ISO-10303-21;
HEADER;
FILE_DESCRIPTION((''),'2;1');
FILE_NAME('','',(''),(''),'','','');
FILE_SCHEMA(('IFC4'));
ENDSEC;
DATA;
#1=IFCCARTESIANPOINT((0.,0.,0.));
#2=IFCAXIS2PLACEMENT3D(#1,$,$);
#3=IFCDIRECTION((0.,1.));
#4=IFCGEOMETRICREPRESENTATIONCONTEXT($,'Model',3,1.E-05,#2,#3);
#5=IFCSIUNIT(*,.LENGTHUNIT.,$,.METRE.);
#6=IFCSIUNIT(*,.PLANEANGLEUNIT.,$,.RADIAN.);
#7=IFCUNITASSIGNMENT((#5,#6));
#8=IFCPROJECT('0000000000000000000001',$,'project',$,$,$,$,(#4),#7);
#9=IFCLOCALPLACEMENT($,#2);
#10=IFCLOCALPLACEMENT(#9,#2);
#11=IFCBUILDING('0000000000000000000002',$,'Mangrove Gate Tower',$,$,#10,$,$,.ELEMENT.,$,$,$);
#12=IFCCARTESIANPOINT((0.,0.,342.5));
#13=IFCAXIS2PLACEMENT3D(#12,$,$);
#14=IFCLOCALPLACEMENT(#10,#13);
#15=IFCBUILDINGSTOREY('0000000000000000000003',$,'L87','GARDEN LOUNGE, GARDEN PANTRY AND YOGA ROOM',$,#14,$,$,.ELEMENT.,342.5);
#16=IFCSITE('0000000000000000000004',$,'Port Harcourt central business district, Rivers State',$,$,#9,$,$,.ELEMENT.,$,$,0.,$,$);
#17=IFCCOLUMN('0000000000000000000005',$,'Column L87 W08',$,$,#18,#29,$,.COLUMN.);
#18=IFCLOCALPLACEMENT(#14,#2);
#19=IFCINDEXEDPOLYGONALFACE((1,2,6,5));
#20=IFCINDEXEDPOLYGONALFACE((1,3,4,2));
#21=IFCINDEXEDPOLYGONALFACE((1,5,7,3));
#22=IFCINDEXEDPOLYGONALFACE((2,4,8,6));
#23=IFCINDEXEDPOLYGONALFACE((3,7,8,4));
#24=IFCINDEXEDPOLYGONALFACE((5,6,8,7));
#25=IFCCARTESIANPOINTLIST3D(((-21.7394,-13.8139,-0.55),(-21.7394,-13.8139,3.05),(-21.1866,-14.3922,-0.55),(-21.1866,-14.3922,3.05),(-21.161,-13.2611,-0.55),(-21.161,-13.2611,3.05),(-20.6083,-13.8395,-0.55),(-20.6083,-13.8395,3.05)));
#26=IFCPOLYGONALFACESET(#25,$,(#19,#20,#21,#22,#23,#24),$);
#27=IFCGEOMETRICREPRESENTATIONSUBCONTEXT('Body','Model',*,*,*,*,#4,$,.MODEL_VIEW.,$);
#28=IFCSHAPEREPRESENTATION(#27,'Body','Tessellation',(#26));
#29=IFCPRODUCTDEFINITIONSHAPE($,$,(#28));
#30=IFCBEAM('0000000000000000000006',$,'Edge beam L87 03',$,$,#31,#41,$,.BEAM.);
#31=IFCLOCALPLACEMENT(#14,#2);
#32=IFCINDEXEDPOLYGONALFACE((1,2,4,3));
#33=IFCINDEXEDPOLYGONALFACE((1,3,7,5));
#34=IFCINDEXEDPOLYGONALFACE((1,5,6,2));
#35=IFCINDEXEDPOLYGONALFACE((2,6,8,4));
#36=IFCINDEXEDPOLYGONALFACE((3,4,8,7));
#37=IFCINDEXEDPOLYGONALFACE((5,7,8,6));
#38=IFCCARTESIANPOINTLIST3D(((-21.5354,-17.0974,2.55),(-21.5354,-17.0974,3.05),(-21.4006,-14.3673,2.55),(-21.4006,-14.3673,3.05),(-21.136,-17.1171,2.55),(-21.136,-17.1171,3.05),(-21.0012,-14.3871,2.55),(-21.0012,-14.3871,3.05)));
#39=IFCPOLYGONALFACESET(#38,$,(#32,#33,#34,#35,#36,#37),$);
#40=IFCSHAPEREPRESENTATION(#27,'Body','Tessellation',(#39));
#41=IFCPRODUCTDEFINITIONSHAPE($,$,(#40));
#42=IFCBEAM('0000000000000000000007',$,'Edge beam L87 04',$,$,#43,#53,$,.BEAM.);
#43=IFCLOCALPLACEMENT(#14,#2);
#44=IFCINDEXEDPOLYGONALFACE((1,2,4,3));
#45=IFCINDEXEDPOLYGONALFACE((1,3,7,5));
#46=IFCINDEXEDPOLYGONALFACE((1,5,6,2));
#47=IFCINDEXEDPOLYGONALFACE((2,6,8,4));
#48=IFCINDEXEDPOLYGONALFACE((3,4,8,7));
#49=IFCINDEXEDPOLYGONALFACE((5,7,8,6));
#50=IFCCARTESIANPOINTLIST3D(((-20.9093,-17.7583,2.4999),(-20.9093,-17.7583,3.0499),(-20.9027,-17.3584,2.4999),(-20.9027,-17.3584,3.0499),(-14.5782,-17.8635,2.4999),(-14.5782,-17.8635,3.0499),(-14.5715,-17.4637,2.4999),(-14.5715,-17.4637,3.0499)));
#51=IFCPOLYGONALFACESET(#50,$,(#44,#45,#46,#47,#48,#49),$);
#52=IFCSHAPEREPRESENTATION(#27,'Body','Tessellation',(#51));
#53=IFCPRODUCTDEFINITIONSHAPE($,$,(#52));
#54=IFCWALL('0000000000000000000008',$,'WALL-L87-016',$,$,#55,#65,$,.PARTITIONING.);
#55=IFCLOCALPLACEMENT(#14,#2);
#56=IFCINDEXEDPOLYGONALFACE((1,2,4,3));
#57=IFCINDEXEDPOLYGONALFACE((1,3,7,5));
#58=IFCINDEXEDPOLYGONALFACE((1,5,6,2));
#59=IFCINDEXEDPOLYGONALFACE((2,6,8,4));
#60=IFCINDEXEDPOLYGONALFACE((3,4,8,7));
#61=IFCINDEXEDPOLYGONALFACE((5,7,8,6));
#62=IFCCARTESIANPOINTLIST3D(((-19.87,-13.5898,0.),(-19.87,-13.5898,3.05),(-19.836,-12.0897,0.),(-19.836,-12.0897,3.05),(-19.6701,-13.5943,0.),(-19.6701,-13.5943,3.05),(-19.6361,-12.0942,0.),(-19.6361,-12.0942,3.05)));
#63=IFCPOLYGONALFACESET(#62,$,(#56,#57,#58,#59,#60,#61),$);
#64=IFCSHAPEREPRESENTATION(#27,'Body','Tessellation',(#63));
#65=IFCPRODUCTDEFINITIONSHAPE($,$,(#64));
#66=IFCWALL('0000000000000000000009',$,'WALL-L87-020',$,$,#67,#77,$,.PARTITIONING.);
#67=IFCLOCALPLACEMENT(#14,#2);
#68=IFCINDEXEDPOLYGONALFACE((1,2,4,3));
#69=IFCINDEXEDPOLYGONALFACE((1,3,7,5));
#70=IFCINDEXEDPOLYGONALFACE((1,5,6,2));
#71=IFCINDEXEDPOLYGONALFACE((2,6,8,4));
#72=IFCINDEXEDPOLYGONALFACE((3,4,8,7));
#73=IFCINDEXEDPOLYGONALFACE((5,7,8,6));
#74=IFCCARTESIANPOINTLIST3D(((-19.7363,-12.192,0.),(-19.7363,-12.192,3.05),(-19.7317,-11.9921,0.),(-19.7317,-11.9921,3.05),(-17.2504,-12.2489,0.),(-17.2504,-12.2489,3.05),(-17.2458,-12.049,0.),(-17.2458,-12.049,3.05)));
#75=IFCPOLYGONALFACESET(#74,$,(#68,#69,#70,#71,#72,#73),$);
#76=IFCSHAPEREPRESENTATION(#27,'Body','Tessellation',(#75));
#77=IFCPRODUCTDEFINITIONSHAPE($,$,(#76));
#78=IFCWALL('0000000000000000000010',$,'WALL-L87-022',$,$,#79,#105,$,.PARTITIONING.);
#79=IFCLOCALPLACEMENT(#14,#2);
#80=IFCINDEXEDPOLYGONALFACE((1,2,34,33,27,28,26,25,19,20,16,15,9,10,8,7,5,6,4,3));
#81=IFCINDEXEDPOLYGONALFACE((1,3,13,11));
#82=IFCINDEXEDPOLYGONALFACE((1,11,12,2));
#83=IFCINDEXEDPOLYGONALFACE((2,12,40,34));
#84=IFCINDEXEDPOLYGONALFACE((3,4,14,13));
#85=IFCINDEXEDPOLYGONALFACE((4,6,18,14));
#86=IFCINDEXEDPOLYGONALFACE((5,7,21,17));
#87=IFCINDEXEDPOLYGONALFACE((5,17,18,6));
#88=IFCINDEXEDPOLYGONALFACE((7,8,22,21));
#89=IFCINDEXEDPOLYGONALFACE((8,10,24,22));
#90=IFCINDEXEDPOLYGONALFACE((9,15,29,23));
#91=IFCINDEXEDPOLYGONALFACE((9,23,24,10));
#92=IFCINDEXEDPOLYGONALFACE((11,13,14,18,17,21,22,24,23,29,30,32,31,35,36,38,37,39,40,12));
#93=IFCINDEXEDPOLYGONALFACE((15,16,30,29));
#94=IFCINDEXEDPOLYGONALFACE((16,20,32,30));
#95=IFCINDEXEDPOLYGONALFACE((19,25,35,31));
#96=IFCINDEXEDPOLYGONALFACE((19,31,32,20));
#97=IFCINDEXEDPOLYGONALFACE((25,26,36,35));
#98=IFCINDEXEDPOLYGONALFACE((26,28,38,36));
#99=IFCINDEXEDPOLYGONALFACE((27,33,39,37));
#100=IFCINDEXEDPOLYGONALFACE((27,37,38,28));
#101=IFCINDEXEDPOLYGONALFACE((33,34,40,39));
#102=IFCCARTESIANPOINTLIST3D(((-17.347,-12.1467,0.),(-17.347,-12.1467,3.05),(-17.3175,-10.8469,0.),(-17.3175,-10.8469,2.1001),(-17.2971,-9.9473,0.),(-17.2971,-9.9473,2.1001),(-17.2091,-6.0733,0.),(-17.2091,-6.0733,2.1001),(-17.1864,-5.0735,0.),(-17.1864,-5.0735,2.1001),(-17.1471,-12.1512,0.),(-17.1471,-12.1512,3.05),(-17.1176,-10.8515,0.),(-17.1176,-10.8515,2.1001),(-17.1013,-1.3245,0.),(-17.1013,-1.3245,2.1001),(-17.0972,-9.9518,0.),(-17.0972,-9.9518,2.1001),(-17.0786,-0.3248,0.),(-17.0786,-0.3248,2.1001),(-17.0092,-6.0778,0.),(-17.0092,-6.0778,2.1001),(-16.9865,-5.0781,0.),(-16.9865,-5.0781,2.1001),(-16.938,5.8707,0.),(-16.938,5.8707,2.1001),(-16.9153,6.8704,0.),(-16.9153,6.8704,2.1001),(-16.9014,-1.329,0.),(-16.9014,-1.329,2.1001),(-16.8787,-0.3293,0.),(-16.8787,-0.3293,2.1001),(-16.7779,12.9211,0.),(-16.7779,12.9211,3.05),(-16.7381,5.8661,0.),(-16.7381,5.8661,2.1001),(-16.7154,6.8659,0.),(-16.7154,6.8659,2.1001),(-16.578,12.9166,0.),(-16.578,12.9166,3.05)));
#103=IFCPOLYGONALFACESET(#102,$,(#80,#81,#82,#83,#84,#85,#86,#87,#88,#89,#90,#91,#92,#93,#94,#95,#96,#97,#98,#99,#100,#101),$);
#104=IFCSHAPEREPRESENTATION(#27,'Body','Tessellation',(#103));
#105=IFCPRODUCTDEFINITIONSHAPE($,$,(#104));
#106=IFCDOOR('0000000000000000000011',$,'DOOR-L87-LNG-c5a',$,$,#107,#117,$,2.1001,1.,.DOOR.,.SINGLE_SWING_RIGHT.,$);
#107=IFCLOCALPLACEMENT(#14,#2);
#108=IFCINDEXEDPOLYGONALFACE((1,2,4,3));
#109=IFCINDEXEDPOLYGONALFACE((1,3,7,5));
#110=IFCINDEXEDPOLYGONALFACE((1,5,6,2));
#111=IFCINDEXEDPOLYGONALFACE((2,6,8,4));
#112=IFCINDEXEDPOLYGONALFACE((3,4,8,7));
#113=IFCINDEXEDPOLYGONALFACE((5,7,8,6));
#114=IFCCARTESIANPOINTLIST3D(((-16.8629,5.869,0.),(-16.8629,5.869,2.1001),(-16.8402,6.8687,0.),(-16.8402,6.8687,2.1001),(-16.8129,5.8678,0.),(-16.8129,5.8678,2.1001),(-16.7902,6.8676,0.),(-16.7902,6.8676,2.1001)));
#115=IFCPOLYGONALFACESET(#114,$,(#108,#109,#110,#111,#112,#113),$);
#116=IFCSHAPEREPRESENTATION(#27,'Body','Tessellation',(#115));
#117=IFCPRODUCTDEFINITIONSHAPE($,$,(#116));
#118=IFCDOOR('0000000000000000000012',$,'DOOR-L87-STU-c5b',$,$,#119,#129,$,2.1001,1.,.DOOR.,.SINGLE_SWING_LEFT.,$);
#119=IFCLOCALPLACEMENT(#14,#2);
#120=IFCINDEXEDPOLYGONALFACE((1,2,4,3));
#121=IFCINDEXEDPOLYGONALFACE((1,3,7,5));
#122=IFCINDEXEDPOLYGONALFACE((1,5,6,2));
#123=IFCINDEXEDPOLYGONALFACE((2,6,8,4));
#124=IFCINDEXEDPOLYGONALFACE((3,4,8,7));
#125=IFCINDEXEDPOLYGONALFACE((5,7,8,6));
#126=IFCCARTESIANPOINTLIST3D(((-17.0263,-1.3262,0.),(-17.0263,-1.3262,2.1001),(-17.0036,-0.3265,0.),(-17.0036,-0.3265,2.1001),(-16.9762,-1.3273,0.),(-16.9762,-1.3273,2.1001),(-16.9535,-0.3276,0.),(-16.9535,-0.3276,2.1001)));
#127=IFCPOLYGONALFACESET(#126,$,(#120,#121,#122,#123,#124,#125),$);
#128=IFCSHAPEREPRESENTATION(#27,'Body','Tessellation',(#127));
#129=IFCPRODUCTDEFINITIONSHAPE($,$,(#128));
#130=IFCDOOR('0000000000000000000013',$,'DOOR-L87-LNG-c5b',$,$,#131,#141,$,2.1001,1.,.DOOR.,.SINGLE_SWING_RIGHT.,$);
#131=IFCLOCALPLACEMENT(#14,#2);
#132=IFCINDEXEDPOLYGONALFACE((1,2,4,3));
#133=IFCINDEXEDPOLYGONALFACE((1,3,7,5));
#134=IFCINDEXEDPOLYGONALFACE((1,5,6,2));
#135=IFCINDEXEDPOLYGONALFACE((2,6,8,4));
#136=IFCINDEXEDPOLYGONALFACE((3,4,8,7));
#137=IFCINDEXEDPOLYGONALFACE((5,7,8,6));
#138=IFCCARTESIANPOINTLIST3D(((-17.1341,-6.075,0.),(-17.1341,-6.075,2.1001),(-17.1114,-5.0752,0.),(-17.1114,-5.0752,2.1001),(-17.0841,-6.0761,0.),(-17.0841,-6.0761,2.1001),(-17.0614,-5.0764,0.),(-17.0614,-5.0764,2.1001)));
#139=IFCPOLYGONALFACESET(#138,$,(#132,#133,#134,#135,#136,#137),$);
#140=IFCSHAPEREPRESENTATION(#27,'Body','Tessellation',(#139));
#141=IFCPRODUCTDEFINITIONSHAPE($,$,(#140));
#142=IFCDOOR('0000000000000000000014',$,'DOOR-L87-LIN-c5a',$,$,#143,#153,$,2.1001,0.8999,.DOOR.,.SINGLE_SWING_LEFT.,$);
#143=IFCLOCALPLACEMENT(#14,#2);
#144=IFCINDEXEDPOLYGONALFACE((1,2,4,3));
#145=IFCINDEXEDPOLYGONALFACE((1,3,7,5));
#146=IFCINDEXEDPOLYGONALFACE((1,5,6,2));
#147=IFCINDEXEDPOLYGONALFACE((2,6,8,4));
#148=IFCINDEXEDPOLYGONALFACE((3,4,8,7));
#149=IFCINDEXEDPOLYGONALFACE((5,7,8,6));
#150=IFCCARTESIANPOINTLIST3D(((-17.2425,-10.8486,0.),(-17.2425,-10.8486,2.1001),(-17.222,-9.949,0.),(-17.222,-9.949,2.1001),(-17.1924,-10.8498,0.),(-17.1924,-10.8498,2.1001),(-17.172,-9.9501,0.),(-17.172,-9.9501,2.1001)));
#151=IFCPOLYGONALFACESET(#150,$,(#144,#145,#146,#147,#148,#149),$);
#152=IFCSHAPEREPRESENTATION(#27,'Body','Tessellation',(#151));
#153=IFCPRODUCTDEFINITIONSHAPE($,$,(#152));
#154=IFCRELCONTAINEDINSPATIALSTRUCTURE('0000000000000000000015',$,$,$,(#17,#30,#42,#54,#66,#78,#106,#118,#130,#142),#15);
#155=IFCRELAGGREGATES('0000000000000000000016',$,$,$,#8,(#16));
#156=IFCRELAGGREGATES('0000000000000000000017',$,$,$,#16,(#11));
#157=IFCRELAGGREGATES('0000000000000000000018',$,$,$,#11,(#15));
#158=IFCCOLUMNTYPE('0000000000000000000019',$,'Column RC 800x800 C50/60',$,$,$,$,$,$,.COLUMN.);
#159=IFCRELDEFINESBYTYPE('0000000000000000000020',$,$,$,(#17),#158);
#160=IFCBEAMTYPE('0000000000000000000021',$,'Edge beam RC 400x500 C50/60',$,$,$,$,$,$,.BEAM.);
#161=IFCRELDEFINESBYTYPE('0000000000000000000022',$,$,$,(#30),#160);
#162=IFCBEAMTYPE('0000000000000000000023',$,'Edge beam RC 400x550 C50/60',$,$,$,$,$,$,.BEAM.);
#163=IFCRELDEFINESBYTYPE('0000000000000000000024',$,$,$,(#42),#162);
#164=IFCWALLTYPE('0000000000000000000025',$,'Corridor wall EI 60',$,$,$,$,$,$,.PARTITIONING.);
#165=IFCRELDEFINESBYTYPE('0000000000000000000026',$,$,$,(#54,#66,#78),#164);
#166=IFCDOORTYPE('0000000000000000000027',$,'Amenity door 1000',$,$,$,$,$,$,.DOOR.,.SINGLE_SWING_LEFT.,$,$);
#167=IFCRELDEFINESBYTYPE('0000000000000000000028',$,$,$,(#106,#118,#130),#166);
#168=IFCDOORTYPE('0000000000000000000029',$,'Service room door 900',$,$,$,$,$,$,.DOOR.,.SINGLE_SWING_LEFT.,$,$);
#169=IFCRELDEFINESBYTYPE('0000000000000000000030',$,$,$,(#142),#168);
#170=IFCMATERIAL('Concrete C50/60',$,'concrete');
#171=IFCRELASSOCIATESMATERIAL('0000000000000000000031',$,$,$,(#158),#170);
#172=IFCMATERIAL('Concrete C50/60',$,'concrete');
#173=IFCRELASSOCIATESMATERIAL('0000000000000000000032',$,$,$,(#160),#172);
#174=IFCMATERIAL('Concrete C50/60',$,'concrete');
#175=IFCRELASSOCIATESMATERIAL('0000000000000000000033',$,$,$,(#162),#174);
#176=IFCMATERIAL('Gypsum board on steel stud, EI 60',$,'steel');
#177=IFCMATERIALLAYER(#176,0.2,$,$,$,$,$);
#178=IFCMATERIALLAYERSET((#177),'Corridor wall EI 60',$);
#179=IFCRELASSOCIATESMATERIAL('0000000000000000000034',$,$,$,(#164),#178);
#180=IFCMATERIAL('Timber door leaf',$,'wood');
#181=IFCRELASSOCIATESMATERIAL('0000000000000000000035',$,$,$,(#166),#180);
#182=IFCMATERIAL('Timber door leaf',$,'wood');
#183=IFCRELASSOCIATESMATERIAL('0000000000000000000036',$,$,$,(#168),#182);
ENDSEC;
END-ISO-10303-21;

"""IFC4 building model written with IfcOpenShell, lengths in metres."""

from ifc_helpers import new_model, si_unit, direction, frame, frame_2d, origin, origin_2d, place, context, subcontext, project, spatial, rectangle, extrude, material, layer, layer_set, material_profile, profile_set, type_object, element, fill, save


model = new_model("IFC4")

# Units and contexts
model_context = context("Model", 3, precision=1e-05, world=origin(), true_north=direction((0.0, 1.0)))
body_context = subcontext(model_context, "Body", "Model", "MODEL_VIEW")
ifc_project = project(units=[si_unit("LENGTHUNIT", "METRE"), si_unit("PLANEANGLEUNIT", "RADIAN")], contexts=[model_context])

# Site, building, storey
site_placement = place(None, origin())
site = spatial("IfcSite", under=ifc_project, at=site_placement, Name="Port Harcourt central business district, Rivers State", CompositionType="ELEMENT", RefElevation=0.0)
building_placement = place(site_placement, origin())
building = spatial("IfcBuilding", under=site, at=building_placement, Name="Mangrove Gate Tower", CompositionType="ELEMENT")
storey_placement = place(building_placement, frame((0.0, 0.0, 342.5)))
storey = spatial("IfcBuildingStorey", under=building, at=storey_placement, Name="L87", Description="GARDEN LOUNGE, GARDEN PANTRY AND YOGA ROOM", CompositionType="ELEMENT", Elevation=342.5)

# Column
ifc_material_1 = material(Name="Concrete C50/60", Category="concrete")
ifc_material_profile_1 = material_profile(ifc_material_1, rectangle(XDim=0.8, YDim=0.8, at=origin_2d()))
ifc_profile_set_1 = profile_set([ifc_material_profile_1], Name="Concrete C50/60")
column_type = type_object("IfcColumnType", Name="Column RC 800x800 C50/60", PredefinedType="COLUMN", material=ifc_profile_set_1)
column_placement = place(storey_placement, frame((-21.1738, -13.8267, -0.55), z_axis=(0.0, 0.0, 1.0), x_axis=(0.690923, -0.722929, 0.0)))
element("IfcColumn", 1, at=column_placement, inside=storey, type_object=column_type, Name="Column L87 W08", PredefinedType="COLUMN", context=body_context, shape_type="SweptSolid", body=[
    extrude(rectangle(XDim=0.8, YDim=0.8, at=origin_2d()), origin(), (0.0, 0.0, 1.0), 3.6001),
])

# Beams
ifc_material_2 = material(Name="Concrete C50/60", Category="concrete")
ifc_material_profile_2 = material_profile(ifc_material_2, rectangle(XDim=0.3999, YDim=0.5, at=origin_2d()))
ifc_profile_set_2 = profile_set([ifc_material_profile_2], Name="Concrete C50/60")
beam_type_1 = type_object("IfcBeamType", Name="Edge beam RC 400x500 C50/60", PredefinedType="BEAM", material=ifc_profile_set_2)
beam_1_placement = place(storey_placement, frame((-21.2009, -14.3772, 2.8), z_axis=(-0.049305, -0.998784, 0.0), x_axis=(0.998784, -0.049305, 0.0)))
element("IfcBeam", 2, at=beam_1_placement, inside=storey, type_object=beam_type_1, Name="Edge beam L87 03", PredefinedType="BEAM", context=body_context, shape_type="SweptSolid", body=[
    extrude(rectangle(XDim=0.3999, YDim=0.5, at=origin_2d()), origin(), (0.0, 0.0, 1.0), 2.7334),
])
ifc_material_3 = material(Name="Concrete C50/60", Category="concrete")
ifc_material_profile_3 = material_profile(ifc_material_3, rectangle(XDim=0.3999, YDim=0.55, at=origin_2d()))
ifc_profile_set_3 = profile_set([ifc_material_profile_3], Name="Concrete C50/60")
beam_type_2 = type_object("IfcBeamType", Name="Edge beam RC 400x550 C50/60", PredefinedType="BEAM", material=ifc_profile_set_3)
beam_2_placement = place(storey_placement, frame((-20.906, -17.5583, 2.7749), z_axis=(0.999862, -0.016618, 0.0), x_axis=(0.016618, 0.999862, 0.0)))
element("IfcBeam", 3, at=beam_2_placement, inside=storey, type_object=beam_type_2, Name="Edge beam L87 04", PredefinedType="BEAM", context=body_context, shape_type="SweptSolid", body=[
    extrude(rectangle(XDim=0.3999, YDim=0.55, at=origin_2d()), origin(), (0.0, 0.0, 1.0), 6.332),
])

# Wall
ifc_material_4 = material(Name="Gypsum board on steel stud, EI 60", Category="steel")
ifc_layer = layer(ifc_material_4, 0.2)
ifc_layer_set = layer_set([ifc_layer], Name="Corridor wall EI 60")
wall_type = type_object("IfcWallType", Name="Corridor wall EI 60", PredefinedType="PARTITIONING", material=ifc_layer_set)
wall_1_placement = place(storey_placement, frame((-19.77, -13.592, 0.0), z_axis=(0.0, 0.0, 1.0), x_axis=(0.022618, 0.999744, 0.0)))
element("IfcWall", 4, at=wall_1_placement, inside=storey, type_object=wall_type, Name="WALL-L87-016", PredefinedType="PARTITIONING", context=body_context, shape_type="SweptSolid", body=[
    extrude(rectangle(XDim=1.5005, YDim=0.2, at=frame_2d((0.7502, 0.0))), origin(), (0.0, 0.0, 1.0), 3.05),
])

# Shared definitions
ifc_material_5 = material(Name="Timber door leaf", Category="wood")
door_type_1 = type_object("IfcDoorType", Name="Amenity door 1000", OperationType="SINGLE_SWING_LEFT", PredefinedType="DOOR", material=ifc_material_5)
ifc_material_6 = material(Name="Timber door leaf", Category="wood")
door_type_2 = type_object("IfcDoorType", Name="Service room door 900", OperationType="SINGLE_SWING_LEFT", PredefinedType="DOOR", material=ifc_material_6)

# Wall
wall_2_placement = place(storey_placement, frame((-19.7339, -12.092, 0.0), z_axis=(0.0, 0.0, 1.0), x_axis=(0.999738, -0.022878, 0.0)))
element("IfcWall", 5, at=wall_2_placement, inside=storey, type_object=wall_type, Name="WALL-L87-020", PredefinedType="PARTITIONING", context=body_context, shape_type="SweptSolid", body=[
    extrude(rectangle(XDim=2.4866, YDim=0.2, at=frame_2d((1.2432, 0.0))), origin(), (0.0, 0.0, 1.0), 3.05),
])

# Wall, openings, doors
wall_3_placement = place(storey_placement, frame((-17.2471, -12.1489, 0.0), z_axis=(0.0, 0.0, 1.0), x_axis=(0.022696, 0.999742, 0.0)))
wall_3 = element("IfcWall", 6, at=wall_3_placement, inside=storey, type_object=wall_type, Name="WALL-L87-022", PredefinedType="PARTITIONING", context=body_context, shape_type="SweptSolid", body=[
    extrude(rectangle(XDim=25.0742, YDim=0.2, at=frame_2d((12.5371, 0.0))), origin(), (0.0, 0.0, 1.0), 3.05),
])
opening_1_placement = place(wall_3_placement, frame((18.022, 0.0, 0.0)))
opening_1 = element("IfcOpeningElement", 7, at=opening_1_placement, cuts=wall_3, PredefinedType="OPENING", context=body_context, shape_type="SweptSolid", body=[
    extrude(rectangle(XDim=1.0, YDim=2.1001, at=frame_2d((0.5, 1.05))), frame((0.0, 0.1099, 0.0), z_axis=(0.0, -1.0, 0.0), x_axis=(1.0, 0.0, 0.0)), (0.0, 0.0, 1.0), 0.22),
])
opening_2_placement = place(wall_3_placement, frame((10.825, 0.0, 0.0)))
opening_2 = element("IfcOpeningElement", 8, at=opening_2_placement, cuts=wall_3, PredefinedType="OPENING", context=body_context, shape_type="SweptSolid", body=[
    extrude(rectangle(XDim=1.0, YDim=2.1001, at=frame_2d((0.5, 1.05))), frame((0.0, 0.1099, 0.0), z_axis=(0.0, -1.0, 0.0), x_axis=(1.0, 0.0, 0.0)), (0.0, 0.0, 1.0), 0.22),
])
opening_3_placement = place(wall_3_placement, frame((6.075, 0.0, 0.0)))
opening_3 = element("IfcOpeningElement", 9, at=opening_3_placement, cuts=wall_3, PredefinedType="OPENING", context=body_context, shape_type="SweptSolid", body=[
    extrude(rectangle(XDim=1.0, YDim=2.1001, at=frame_2d((0.5, 1.05))), frame((0.0, 0.1099, 0.0), z_axis=(0.0, -1.0, 0.0), x_axis=(1.0, 0.0, 0.0)), (0.0, 0.0, 1.0), 0.22),
])
opening_4_placement = place(wall_3_placement, frame((1.3, 0.0, 0.0)))
opening_4 = element("IfcOpeningElement", 10, at=opening_4_placement, cuts=wall_3, PredefinedType="OPENING", context=body_context, shape_type="SweptSolid", body=[
    extrude(rectangle(XDim=0.8999, YDim=2.1001, at=frame_2d((0.45, 1.05))), frame((0.0, 0.1099, 0.0), z_axis=(0.0, -1.0, 0.0), x_axis=(1.0, 0.0, 0.0)), (0.0, 0.0, 1.0), 0.22),
])
door_1_placement = place(opening_1_placement, origin())
door_1 = element("IfcDoor", 11, at=door_1_placement, inside=storey, type_object=door_type_1, Name="DOOR-L87-LNG-c5a", OperationType="SINGLE_SWING_RIGHT", OverallHeight=2.1001, OverallWidth=1.0, PredefinedType="DOOR", context=body_context, shape_type="SweptSolid", body=[
    extrude(rectangle(XDim=1.0, YDim=2.1001, at=frame_2d((0.5, 1.05))), frame((0.0, 0.0249, 0.0), z_axis=(0.0, -1.0, 0.0), x_axis=(1.0, 0.0, 0.0)), (0.0, 0.0, 1.0), 0.05),
])
fill(opening_1, door_1)
door_2_placement = place(opening_2_placement, origin())
door_2 = element("IfcDoor", 12, at=door_2_placement, inside=storey, type_object=door_type_1, Name="DOOR-L87-STU-c5b", OperationType="SINGLE_SWING_LEFT", OverallHeight=2.1001, OverallWidth=1.0, PredefinedType="DOOR", context=body_context, shape_type="SweptSolid", body=[
    extrude(rectangle(XDim=1.0, YDim=2.1001, at=frame_2d((0.5, 1.05))), frame((0.0, 0.0249, 0.0), z_axis=(0.0, -1.0, 0.0), x_axis=(1.0, 0.0, 0.0)), (0.0, 0.0, 1.0), 0.05),
])
fill(opening_2, door_2)
door_3_placement = place(opening_3_placement, origin())
door_3 = element("IfcDoor", 13, at=door_3_placement, inside=storey, type_object=door_type_1, Name="DOOR-L87-LNG-c5b", OperationType="SINGLE_SWING_RIGHT", OverallHeight=2.1001, OverallWidth=1.0, PredefinedType="DOOR", context=body_context, shape_type="SweptSolid", body=[
    extrude(rectangle(XDim=1.0, YDim=2.1001, at=frame_2d((0.5, 1.05))), frame((0.0, 0.0249, 0.0), z_axis=(0.0, -1.0, 0.0), x_axis=(1.0, 0.0, 0.0)), (0.0, 0.0, 1.0), 0.05),
])
fill(opening_3, door_3)
door_4_placement = place(opening_4_placement, origin())
door_4 = element("IfcDoor", 14, at=door_4_placement, inside=storey, type_object=door_type_2, Name="DOOR-L87-LIN-c5a", OperationType="SINGLE_SWING_LEFT", OverallHeight=2.1001, OverallWidth=0.8999, PredefinedType="DOOR", context=body_context, shape_type="SweptSolid", body=[
    extrude(rectangle(XDim=0.8999, YDim=2.1001, at=frame_2d((0.45, 1.05))), frame((0.0, 0.0249, 0.0), z_axis=(0.0, -1.0, 0.0), x_axis=(1.0, 0.0, 0.0)), (0.0, 0.0, 1.0), 0.05),
])
fill(opening_4, door_4)

save(model, "model.ifc")
